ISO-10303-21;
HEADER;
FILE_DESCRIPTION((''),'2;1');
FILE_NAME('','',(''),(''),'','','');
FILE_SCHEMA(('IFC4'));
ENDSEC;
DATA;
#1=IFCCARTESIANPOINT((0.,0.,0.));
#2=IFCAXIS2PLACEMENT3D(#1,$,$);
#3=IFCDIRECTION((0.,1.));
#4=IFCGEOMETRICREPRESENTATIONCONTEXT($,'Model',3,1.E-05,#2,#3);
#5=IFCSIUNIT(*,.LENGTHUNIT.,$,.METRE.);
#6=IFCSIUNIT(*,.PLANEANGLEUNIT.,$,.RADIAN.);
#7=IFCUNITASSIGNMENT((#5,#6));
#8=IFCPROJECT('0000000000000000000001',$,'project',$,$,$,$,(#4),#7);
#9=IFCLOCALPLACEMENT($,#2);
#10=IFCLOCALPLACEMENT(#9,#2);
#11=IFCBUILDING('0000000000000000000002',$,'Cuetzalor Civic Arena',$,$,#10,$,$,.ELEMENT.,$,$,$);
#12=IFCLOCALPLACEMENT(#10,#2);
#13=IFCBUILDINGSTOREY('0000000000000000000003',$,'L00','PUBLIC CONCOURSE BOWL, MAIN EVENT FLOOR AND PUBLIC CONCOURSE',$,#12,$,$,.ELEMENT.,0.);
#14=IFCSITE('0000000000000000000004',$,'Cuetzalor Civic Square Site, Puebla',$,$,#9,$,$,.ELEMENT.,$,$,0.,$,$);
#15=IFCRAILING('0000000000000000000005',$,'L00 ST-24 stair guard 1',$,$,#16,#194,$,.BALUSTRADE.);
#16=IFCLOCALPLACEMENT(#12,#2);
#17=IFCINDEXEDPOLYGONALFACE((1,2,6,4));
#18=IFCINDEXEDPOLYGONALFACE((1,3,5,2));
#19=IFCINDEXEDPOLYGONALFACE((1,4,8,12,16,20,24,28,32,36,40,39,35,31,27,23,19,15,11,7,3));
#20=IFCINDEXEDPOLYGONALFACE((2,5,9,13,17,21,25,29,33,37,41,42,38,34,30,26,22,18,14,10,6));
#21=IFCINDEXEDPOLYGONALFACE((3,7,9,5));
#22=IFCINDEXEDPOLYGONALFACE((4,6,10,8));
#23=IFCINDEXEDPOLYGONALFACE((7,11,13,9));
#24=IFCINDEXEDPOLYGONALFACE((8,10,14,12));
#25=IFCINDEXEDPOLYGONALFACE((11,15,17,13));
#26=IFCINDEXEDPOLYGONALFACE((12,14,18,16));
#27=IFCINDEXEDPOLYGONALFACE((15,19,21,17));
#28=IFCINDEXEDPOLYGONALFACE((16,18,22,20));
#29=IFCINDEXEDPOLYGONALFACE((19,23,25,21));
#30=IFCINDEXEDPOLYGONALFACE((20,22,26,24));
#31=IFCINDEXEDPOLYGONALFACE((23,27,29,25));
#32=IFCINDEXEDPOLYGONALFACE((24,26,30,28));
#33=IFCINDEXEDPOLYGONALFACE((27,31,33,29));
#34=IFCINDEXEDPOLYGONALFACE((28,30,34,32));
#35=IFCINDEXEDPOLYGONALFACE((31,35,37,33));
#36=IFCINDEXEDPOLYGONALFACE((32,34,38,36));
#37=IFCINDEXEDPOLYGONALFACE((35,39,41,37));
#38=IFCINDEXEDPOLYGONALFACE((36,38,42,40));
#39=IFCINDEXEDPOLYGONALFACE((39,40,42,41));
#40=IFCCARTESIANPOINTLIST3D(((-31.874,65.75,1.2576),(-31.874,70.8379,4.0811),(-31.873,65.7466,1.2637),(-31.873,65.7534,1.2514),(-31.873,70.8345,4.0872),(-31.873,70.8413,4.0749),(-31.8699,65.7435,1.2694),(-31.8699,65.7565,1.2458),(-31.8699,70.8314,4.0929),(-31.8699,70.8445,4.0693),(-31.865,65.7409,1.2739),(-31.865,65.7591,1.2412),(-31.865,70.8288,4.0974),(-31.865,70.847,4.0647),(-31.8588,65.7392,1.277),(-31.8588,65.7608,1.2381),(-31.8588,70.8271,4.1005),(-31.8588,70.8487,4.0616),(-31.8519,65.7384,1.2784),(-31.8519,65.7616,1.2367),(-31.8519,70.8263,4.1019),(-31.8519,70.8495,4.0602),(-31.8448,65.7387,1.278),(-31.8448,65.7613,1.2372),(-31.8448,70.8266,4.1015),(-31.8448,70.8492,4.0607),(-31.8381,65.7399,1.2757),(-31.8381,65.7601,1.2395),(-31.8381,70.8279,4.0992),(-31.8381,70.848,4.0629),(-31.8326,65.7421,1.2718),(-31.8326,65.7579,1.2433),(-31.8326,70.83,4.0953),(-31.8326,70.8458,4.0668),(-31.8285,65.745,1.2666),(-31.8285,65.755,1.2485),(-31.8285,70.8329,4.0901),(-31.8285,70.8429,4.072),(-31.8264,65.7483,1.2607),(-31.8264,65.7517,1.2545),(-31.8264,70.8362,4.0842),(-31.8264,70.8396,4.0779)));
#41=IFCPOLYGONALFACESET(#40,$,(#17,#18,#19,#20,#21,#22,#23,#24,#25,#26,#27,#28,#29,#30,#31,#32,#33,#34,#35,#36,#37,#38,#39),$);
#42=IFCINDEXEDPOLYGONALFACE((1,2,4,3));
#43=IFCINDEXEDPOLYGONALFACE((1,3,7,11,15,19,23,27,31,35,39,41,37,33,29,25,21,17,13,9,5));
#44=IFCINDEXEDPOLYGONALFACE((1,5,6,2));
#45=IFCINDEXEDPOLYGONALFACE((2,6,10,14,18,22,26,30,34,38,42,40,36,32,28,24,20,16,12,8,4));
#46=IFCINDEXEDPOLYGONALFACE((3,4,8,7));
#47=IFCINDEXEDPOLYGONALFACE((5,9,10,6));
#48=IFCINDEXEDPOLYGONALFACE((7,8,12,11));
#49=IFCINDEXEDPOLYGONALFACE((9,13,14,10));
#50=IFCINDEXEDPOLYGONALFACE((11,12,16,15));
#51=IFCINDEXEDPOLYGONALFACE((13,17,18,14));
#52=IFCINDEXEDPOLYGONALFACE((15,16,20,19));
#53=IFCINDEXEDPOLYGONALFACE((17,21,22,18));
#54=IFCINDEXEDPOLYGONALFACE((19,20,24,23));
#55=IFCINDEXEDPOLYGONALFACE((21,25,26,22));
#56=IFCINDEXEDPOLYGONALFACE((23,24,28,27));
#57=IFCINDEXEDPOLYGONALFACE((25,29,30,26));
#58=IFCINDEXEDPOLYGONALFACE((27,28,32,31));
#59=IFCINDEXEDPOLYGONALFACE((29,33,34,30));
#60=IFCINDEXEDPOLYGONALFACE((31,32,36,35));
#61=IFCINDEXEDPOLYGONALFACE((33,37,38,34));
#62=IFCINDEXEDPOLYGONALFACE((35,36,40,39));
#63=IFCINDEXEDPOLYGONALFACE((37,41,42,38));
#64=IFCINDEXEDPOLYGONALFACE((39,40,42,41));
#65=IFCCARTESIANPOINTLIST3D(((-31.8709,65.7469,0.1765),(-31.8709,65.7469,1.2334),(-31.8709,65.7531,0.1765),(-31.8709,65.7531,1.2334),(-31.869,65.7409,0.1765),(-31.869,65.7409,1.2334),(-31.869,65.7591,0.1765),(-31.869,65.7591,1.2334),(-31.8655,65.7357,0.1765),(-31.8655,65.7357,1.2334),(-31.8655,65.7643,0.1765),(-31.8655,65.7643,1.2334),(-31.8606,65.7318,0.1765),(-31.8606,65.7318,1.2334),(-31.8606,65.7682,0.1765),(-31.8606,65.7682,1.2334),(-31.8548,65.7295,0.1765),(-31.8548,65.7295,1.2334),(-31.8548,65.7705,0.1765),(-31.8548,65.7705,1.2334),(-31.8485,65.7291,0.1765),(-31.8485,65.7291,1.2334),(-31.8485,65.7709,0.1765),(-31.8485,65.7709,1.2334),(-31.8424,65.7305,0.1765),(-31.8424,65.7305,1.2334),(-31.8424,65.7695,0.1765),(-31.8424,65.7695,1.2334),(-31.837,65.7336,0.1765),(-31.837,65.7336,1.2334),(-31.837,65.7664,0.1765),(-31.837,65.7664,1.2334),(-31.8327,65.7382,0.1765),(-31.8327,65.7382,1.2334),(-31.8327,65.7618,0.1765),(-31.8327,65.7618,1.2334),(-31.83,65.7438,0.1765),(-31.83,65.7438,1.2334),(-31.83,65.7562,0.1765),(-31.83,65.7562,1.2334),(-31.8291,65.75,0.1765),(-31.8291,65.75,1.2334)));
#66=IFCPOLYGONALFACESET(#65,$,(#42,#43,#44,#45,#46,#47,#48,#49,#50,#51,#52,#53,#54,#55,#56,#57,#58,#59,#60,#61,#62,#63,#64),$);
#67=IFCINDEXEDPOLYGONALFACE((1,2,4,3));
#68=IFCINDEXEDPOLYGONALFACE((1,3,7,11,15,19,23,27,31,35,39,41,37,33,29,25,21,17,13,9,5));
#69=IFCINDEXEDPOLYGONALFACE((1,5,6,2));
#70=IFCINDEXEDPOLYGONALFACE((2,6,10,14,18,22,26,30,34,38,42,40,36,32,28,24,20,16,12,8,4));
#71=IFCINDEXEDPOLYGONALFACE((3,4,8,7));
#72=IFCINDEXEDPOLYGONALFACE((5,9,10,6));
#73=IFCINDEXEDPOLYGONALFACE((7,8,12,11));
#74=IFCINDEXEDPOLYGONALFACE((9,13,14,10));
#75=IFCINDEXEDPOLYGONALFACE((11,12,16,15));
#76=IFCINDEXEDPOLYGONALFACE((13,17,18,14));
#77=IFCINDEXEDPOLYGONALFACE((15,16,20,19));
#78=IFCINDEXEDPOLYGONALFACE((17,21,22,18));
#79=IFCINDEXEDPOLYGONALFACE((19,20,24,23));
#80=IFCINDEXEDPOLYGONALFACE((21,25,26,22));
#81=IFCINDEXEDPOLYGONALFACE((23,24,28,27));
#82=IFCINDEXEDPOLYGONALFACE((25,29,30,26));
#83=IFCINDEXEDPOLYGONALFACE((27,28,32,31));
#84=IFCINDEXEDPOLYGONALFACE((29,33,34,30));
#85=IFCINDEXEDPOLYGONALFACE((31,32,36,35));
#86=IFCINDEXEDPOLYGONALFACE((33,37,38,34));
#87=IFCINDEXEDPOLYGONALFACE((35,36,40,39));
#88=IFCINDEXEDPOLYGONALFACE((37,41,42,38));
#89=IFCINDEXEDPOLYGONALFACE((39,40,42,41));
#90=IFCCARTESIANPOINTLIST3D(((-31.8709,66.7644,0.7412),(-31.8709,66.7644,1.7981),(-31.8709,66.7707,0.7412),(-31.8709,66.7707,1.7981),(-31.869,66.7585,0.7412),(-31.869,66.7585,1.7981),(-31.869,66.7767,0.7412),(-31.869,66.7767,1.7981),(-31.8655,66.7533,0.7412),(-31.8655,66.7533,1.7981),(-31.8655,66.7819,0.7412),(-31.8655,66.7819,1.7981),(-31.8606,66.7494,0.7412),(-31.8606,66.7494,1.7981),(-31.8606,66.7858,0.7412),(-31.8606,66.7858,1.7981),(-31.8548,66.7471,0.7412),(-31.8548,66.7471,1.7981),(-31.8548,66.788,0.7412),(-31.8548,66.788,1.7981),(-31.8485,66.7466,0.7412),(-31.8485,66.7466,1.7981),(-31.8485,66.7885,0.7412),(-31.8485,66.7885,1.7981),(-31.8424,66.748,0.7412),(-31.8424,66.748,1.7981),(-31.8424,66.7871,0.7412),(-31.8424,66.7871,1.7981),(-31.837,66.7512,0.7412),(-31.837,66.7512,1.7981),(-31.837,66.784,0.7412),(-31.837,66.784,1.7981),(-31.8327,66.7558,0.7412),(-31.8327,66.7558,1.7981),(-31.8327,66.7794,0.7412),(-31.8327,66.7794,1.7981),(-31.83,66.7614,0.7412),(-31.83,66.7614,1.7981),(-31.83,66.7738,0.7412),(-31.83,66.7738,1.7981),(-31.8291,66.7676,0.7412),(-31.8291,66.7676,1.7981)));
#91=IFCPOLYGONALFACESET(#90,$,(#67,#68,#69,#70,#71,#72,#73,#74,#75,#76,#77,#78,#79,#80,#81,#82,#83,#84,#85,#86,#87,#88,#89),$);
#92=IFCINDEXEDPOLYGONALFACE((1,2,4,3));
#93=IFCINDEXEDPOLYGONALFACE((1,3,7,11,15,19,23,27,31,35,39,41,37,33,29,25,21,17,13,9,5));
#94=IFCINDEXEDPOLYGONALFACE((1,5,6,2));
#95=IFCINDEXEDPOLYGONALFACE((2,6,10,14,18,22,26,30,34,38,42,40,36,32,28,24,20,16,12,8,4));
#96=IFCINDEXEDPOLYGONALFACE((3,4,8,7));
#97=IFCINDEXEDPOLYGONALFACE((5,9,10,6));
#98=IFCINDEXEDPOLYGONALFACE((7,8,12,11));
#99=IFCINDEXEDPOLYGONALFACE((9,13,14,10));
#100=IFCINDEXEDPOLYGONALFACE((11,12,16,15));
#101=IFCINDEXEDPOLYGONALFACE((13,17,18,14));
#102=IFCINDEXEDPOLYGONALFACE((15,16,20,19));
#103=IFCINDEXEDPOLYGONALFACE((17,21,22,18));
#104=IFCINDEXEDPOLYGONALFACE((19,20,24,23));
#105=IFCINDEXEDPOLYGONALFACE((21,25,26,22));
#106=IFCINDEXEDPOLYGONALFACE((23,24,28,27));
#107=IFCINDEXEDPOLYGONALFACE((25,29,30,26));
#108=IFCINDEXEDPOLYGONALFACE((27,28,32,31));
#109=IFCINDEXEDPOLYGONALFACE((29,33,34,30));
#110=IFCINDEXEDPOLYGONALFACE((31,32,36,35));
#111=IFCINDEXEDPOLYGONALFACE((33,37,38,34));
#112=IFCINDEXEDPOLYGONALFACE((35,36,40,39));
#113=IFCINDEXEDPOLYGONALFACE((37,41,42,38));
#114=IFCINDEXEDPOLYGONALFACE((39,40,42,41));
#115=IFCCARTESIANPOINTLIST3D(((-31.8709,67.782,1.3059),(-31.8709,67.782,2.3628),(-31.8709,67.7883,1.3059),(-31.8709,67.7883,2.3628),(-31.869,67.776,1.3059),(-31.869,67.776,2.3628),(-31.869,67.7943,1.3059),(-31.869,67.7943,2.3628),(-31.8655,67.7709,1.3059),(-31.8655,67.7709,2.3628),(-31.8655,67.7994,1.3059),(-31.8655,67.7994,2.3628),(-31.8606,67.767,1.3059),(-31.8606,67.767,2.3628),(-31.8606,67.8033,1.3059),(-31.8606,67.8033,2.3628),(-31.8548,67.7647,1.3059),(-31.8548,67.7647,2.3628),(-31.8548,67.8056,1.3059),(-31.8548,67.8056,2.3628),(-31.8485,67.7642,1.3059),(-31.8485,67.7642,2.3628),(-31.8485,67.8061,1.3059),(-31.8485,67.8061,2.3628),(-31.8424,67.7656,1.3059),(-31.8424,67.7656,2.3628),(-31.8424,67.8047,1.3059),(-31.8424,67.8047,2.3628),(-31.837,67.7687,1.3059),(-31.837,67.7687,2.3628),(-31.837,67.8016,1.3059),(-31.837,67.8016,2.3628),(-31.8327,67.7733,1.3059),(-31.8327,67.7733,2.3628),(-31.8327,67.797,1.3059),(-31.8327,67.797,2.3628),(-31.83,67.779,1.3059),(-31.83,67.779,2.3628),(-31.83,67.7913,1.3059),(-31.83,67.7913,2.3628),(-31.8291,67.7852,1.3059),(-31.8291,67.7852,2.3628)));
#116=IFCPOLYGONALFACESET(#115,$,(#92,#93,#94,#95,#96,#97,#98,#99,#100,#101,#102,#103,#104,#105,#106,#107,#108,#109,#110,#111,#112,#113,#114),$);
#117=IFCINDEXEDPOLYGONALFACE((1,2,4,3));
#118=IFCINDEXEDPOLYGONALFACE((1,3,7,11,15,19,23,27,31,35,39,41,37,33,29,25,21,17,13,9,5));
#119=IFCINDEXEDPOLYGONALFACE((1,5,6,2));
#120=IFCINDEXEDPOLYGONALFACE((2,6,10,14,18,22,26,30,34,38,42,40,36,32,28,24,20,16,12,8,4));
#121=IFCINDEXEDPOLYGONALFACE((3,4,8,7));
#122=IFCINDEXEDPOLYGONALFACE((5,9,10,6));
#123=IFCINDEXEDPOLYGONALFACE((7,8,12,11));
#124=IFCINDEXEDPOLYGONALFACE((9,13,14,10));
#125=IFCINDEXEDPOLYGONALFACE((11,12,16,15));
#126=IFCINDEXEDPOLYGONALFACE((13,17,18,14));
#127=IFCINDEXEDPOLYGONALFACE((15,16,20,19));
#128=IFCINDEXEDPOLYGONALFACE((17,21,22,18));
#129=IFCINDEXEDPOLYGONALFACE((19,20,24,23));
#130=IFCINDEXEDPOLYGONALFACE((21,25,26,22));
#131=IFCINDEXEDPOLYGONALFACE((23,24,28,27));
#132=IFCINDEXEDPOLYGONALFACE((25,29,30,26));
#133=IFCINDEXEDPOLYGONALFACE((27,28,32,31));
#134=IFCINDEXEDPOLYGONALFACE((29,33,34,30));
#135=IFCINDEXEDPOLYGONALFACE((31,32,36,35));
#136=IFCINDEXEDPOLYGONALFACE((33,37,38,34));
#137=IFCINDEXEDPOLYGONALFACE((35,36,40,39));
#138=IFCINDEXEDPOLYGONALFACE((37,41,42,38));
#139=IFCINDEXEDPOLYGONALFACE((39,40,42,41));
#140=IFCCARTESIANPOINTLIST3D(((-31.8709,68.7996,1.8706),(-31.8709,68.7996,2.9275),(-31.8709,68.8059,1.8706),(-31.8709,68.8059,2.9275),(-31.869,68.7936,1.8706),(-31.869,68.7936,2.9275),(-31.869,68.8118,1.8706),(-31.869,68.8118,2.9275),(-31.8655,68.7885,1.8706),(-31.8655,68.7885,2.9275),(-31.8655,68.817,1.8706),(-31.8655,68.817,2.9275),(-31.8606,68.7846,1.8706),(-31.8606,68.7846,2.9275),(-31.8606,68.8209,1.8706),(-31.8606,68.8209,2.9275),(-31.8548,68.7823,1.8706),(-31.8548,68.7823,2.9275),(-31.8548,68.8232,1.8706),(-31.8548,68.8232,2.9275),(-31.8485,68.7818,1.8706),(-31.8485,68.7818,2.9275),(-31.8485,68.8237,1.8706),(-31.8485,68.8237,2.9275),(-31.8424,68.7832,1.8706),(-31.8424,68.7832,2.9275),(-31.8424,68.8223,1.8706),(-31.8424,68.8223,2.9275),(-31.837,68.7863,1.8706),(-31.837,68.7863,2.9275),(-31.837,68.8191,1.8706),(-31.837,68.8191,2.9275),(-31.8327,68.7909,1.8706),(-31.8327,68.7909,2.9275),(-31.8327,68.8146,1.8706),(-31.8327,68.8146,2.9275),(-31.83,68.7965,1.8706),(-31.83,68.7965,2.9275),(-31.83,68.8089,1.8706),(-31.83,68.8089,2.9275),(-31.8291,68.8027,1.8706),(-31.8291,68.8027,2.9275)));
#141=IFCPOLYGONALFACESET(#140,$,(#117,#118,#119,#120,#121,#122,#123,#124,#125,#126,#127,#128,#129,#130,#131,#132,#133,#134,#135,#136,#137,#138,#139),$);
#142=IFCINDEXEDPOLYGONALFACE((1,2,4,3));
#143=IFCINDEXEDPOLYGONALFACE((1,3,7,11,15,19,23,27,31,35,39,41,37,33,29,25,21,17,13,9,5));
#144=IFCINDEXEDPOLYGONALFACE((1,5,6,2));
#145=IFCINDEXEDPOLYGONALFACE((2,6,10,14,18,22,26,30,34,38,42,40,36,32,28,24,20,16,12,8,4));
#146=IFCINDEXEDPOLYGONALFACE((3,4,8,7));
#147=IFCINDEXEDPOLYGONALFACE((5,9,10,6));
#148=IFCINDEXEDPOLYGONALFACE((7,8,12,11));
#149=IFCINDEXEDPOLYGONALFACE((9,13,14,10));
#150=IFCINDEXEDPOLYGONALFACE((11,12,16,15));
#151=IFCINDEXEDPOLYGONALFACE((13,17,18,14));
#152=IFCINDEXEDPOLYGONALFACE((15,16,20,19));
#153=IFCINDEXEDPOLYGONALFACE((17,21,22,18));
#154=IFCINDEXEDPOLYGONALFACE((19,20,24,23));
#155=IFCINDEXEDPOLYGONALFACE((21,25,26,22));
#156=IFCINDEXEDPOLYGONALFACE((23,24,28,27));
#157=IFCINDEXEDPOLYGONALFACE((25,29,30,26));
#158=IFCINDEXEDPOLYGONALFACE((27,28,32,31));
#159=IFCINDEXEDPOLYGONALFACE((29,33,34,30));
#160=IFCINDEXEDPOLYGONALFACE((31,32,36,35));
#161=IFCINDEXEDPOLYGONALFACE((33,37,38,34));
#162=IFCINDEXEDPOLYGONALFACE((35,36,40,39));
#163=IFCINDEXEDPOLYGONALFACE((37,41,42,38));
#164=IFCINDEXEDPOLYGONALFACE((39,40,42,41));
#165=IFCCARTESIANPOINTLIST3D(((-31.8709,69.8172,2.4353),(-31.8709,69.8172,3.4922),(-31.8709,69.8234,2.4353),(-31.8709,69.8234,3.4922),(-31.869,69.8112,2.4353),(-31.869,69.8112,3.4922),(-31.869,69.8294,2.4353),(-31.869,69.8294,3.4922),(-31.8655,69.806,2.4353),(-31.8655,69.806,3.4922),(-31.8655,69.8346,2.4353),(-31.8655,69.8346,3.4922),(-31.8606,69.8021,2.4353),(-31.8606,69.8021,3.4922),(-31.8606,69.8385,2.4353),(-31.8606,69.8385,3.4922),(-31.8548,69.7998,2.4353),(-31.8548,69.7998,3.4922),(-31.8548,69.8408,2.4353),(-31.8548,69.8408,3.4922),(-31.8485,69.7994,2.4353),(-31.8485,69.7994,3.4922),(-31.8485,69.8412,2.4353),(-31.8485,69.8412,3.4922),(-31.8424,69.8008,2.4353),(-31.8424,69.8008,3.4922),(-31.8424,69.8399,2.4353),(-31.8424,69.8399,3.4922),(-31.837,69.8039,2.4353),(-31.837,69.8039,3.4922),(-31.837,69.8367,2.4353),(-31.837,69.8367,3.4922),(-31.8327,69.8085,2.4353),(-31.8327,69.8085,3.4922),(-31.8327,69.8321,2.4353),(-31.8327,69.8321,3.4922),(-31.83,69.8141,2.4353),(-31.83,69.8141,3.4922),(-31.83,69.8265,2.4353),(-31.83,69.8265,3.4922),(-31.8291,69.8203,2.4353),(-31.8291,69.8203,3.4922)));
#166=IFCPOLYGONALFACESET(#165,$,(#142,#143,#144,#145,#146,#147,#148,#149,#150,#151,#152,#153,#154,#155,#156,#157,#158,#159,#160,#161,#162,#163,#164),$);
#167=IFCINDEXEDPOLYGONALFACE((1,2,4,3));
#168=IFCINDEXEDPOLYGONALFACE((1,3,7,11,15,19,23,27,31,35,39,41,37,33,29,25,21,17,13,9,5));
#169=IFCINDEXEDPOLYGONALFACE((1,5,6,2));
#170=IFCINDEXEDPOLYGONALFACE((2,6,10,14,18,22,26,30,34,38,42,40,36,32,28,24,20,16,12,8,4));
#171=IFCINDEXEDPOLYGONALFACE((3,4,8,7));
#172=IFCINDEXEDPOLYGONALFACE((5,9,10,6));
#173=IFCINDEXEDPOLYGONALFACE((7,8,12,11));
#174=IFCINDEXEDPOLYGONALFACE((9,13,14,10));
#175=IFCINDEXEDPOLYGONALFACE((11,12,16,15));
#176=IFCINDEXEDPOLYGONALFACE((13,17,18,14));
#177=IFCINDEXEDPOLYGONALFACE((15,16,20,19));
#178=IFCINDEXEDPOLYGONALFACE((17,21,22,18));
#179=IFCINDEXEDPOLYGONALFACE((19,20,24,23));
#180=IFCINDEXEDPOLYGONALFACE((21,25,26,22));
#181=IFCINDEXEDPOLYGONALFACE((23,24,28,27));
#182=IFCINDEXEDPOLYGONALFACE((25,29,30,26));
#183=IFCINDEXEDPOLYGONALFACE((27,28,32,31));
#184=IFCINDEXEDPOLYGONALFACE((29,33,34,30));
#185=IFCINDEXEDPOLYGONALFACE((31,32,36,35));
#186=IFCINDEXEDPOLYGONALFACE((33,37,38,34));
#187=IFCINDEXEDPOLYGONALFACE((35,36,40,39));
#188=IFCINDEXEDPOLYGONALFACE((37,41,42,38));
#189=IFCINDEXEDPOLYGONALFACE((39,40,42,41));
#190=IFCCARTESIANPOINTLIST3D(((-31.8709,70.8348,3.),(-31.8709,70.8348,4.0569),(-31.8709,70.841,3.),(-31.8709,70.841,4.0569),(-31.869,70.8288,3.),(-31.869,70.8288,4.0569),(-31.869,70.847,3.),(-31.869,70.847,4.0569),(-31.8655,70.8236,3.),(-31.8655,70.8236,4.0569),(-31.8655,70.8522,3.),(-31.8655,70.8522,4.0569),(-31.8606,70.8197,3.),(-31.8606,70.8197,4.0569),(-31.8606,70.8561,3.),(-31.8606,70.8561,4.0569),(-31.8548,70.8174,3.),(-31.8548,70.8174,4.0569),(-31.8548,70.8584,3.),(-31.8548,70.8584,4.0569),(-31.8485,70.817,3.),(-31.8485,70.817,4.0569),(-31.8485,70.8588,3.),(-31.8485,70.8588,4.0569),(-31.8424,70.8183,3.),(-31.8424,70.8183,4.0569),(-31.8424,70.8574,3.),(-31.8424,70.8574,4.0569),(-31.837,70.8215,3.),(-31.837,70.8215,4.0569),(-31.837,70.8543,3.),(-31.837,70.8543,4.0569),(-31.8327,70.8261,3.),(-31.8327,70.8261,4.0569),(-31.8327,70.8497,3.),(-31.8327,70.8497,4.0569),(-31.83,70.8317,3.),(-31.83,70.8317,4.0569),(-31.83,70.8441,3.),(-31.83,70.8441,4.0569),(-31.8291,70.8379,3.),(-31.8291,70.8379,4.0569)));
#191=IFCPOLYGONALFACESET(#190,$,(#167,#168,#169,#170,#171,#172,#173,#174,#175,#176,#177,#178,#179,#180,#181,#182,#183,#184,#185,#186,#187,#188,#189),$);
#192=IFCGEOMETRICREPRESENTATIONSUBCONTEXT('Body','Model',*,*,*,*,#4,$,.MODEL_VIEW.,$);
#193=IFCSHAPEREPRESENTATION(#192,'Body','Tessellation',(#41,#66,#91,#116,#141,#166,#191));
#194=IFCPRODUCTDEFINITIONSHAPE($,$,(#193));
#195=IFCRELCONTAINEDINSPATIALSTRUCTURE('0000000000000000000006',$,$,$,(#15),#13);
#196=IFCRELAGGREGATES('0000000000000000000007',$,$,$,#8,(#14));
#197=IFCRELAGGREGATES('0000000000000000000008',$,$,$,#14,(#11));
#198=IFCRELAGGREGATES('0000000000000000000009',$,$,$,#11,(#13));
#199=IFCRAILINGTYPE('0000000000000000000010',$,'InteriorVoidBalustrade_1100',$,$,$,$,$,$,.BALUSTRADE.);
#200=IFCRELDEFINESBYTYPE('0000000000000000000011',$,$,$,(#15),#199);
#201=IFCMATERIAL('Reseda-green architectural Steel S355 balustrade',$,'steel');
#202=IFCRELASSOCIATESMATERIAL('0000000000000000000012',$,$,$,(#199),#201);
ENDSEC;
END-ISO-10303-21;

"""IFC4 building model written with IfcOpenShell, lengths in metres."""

from ifc_helpers import new_model, si_unit, direction, frame, origin, origin_2d, place, context, subcontext, project, spatial, circle, extrude, material, type_object, element, save


model = new_model("IFC4")

# Units and contexts
model_context = context("Model", 3, precision=1e-05, world=origin(), true_north=direction((0.0, 1.0)))
body_context = subcontext(model_context, "Body", "Model", "MODEL_VIEW")
ifc_project = project(units=[si_unit("LENGTHUNIT", "METRE"), si_unit("PLANEANGLEUNIT", "RADIAN")], contexts=[model_context])

# Site, building, storey
site_placement = place(None, origin())
site = spatial("IfcSite", under=ifc_project, at=site_placement, Name="Cuetzalor Civic Square Site, Puebla", CompositionType="ELEMENT", RefElevation=0.0)
building_placement = place(site_placement, origin())
building = spatial("IfcBuilding", under=site, at=building_placement, Name="Cuetzalor Civic Arena", CompositionType="ELEMENT")
storey_placement = place(building_placement, origin())
storey = spatial("IfcBuildingStorey", under=building, at=storey_placement, Name="L00", Description="PUBLIC CONCOURSE BOWL, MAIN EVENT FLOOR AND PUBLIC CONCOURSE", CompositionType="ELEMENT", Elevation=0.0)

# Railing
ifc_material_1 = material(Name="Reseda-green architectural Steel S355 balustrade", Category="steel")
railing_type_1 = type_object("IfcRailingType", Name="InteriorVoidBalustrade_1100", PredefinedType="BALUSTRADE", material=ifc_material_1)
railing_1_placement = place(storey_placement, frame((-31.8501, 65.75, 0.1765)))
element("IfcRailing", 1, at=railing_1_placement, inside=storey, type_object=railing_type_1, Name="L00 ST-24 stair guard 1", PredefinedType="BALUSTRADE", context=body_context, shape_type="SweptSolid", body=[
    extrude(circle(Radius=0.0239, at=origin_2d()), frame((0.0, 0.0, 1.0811), z_axis=(0.0, 0.874385, 0.485233), x_axis=(-1.0, 0.0, 0.0)), (0.0, 0.0, 1.0), 5.8188),
    extrude(circle(Radius=0.021, at=origin_2d()), origin(), (0.0, 0.0, 1.0), 1.0569),
    extrude(circle(Radius=0.021, at=origin_2d()), frame((0.0, 1.0176, 0.5647)), (0.0, 0.0, 1.0), 1.0569),
    extrude(circle(Radius=0.021, at=origin_2d()), frame((0.0, 2.0352, 1.1294)), (0.0, 0.0, 1.0), 1.0569),
    extrude(circle(Radius=0.021, at=origin_2d()), frame((0.0, 3.0527, 1.6941)), (0.0, 0.0, 1.0), 1.0569),
    extrude(circle(Radius=0.021, at=origin_2d()), frame((0.0, 4.0703, 2.2588)), (0.0, 0.0, 1.0), 1.0569),
    extrude(circle(Radius=0.021, at=origin_2d()), frame((0.0, 5.0879, 2.8235)), (0.0, 0.0, 1.0), 1.0569),
])

save(model, "model.ifc")
